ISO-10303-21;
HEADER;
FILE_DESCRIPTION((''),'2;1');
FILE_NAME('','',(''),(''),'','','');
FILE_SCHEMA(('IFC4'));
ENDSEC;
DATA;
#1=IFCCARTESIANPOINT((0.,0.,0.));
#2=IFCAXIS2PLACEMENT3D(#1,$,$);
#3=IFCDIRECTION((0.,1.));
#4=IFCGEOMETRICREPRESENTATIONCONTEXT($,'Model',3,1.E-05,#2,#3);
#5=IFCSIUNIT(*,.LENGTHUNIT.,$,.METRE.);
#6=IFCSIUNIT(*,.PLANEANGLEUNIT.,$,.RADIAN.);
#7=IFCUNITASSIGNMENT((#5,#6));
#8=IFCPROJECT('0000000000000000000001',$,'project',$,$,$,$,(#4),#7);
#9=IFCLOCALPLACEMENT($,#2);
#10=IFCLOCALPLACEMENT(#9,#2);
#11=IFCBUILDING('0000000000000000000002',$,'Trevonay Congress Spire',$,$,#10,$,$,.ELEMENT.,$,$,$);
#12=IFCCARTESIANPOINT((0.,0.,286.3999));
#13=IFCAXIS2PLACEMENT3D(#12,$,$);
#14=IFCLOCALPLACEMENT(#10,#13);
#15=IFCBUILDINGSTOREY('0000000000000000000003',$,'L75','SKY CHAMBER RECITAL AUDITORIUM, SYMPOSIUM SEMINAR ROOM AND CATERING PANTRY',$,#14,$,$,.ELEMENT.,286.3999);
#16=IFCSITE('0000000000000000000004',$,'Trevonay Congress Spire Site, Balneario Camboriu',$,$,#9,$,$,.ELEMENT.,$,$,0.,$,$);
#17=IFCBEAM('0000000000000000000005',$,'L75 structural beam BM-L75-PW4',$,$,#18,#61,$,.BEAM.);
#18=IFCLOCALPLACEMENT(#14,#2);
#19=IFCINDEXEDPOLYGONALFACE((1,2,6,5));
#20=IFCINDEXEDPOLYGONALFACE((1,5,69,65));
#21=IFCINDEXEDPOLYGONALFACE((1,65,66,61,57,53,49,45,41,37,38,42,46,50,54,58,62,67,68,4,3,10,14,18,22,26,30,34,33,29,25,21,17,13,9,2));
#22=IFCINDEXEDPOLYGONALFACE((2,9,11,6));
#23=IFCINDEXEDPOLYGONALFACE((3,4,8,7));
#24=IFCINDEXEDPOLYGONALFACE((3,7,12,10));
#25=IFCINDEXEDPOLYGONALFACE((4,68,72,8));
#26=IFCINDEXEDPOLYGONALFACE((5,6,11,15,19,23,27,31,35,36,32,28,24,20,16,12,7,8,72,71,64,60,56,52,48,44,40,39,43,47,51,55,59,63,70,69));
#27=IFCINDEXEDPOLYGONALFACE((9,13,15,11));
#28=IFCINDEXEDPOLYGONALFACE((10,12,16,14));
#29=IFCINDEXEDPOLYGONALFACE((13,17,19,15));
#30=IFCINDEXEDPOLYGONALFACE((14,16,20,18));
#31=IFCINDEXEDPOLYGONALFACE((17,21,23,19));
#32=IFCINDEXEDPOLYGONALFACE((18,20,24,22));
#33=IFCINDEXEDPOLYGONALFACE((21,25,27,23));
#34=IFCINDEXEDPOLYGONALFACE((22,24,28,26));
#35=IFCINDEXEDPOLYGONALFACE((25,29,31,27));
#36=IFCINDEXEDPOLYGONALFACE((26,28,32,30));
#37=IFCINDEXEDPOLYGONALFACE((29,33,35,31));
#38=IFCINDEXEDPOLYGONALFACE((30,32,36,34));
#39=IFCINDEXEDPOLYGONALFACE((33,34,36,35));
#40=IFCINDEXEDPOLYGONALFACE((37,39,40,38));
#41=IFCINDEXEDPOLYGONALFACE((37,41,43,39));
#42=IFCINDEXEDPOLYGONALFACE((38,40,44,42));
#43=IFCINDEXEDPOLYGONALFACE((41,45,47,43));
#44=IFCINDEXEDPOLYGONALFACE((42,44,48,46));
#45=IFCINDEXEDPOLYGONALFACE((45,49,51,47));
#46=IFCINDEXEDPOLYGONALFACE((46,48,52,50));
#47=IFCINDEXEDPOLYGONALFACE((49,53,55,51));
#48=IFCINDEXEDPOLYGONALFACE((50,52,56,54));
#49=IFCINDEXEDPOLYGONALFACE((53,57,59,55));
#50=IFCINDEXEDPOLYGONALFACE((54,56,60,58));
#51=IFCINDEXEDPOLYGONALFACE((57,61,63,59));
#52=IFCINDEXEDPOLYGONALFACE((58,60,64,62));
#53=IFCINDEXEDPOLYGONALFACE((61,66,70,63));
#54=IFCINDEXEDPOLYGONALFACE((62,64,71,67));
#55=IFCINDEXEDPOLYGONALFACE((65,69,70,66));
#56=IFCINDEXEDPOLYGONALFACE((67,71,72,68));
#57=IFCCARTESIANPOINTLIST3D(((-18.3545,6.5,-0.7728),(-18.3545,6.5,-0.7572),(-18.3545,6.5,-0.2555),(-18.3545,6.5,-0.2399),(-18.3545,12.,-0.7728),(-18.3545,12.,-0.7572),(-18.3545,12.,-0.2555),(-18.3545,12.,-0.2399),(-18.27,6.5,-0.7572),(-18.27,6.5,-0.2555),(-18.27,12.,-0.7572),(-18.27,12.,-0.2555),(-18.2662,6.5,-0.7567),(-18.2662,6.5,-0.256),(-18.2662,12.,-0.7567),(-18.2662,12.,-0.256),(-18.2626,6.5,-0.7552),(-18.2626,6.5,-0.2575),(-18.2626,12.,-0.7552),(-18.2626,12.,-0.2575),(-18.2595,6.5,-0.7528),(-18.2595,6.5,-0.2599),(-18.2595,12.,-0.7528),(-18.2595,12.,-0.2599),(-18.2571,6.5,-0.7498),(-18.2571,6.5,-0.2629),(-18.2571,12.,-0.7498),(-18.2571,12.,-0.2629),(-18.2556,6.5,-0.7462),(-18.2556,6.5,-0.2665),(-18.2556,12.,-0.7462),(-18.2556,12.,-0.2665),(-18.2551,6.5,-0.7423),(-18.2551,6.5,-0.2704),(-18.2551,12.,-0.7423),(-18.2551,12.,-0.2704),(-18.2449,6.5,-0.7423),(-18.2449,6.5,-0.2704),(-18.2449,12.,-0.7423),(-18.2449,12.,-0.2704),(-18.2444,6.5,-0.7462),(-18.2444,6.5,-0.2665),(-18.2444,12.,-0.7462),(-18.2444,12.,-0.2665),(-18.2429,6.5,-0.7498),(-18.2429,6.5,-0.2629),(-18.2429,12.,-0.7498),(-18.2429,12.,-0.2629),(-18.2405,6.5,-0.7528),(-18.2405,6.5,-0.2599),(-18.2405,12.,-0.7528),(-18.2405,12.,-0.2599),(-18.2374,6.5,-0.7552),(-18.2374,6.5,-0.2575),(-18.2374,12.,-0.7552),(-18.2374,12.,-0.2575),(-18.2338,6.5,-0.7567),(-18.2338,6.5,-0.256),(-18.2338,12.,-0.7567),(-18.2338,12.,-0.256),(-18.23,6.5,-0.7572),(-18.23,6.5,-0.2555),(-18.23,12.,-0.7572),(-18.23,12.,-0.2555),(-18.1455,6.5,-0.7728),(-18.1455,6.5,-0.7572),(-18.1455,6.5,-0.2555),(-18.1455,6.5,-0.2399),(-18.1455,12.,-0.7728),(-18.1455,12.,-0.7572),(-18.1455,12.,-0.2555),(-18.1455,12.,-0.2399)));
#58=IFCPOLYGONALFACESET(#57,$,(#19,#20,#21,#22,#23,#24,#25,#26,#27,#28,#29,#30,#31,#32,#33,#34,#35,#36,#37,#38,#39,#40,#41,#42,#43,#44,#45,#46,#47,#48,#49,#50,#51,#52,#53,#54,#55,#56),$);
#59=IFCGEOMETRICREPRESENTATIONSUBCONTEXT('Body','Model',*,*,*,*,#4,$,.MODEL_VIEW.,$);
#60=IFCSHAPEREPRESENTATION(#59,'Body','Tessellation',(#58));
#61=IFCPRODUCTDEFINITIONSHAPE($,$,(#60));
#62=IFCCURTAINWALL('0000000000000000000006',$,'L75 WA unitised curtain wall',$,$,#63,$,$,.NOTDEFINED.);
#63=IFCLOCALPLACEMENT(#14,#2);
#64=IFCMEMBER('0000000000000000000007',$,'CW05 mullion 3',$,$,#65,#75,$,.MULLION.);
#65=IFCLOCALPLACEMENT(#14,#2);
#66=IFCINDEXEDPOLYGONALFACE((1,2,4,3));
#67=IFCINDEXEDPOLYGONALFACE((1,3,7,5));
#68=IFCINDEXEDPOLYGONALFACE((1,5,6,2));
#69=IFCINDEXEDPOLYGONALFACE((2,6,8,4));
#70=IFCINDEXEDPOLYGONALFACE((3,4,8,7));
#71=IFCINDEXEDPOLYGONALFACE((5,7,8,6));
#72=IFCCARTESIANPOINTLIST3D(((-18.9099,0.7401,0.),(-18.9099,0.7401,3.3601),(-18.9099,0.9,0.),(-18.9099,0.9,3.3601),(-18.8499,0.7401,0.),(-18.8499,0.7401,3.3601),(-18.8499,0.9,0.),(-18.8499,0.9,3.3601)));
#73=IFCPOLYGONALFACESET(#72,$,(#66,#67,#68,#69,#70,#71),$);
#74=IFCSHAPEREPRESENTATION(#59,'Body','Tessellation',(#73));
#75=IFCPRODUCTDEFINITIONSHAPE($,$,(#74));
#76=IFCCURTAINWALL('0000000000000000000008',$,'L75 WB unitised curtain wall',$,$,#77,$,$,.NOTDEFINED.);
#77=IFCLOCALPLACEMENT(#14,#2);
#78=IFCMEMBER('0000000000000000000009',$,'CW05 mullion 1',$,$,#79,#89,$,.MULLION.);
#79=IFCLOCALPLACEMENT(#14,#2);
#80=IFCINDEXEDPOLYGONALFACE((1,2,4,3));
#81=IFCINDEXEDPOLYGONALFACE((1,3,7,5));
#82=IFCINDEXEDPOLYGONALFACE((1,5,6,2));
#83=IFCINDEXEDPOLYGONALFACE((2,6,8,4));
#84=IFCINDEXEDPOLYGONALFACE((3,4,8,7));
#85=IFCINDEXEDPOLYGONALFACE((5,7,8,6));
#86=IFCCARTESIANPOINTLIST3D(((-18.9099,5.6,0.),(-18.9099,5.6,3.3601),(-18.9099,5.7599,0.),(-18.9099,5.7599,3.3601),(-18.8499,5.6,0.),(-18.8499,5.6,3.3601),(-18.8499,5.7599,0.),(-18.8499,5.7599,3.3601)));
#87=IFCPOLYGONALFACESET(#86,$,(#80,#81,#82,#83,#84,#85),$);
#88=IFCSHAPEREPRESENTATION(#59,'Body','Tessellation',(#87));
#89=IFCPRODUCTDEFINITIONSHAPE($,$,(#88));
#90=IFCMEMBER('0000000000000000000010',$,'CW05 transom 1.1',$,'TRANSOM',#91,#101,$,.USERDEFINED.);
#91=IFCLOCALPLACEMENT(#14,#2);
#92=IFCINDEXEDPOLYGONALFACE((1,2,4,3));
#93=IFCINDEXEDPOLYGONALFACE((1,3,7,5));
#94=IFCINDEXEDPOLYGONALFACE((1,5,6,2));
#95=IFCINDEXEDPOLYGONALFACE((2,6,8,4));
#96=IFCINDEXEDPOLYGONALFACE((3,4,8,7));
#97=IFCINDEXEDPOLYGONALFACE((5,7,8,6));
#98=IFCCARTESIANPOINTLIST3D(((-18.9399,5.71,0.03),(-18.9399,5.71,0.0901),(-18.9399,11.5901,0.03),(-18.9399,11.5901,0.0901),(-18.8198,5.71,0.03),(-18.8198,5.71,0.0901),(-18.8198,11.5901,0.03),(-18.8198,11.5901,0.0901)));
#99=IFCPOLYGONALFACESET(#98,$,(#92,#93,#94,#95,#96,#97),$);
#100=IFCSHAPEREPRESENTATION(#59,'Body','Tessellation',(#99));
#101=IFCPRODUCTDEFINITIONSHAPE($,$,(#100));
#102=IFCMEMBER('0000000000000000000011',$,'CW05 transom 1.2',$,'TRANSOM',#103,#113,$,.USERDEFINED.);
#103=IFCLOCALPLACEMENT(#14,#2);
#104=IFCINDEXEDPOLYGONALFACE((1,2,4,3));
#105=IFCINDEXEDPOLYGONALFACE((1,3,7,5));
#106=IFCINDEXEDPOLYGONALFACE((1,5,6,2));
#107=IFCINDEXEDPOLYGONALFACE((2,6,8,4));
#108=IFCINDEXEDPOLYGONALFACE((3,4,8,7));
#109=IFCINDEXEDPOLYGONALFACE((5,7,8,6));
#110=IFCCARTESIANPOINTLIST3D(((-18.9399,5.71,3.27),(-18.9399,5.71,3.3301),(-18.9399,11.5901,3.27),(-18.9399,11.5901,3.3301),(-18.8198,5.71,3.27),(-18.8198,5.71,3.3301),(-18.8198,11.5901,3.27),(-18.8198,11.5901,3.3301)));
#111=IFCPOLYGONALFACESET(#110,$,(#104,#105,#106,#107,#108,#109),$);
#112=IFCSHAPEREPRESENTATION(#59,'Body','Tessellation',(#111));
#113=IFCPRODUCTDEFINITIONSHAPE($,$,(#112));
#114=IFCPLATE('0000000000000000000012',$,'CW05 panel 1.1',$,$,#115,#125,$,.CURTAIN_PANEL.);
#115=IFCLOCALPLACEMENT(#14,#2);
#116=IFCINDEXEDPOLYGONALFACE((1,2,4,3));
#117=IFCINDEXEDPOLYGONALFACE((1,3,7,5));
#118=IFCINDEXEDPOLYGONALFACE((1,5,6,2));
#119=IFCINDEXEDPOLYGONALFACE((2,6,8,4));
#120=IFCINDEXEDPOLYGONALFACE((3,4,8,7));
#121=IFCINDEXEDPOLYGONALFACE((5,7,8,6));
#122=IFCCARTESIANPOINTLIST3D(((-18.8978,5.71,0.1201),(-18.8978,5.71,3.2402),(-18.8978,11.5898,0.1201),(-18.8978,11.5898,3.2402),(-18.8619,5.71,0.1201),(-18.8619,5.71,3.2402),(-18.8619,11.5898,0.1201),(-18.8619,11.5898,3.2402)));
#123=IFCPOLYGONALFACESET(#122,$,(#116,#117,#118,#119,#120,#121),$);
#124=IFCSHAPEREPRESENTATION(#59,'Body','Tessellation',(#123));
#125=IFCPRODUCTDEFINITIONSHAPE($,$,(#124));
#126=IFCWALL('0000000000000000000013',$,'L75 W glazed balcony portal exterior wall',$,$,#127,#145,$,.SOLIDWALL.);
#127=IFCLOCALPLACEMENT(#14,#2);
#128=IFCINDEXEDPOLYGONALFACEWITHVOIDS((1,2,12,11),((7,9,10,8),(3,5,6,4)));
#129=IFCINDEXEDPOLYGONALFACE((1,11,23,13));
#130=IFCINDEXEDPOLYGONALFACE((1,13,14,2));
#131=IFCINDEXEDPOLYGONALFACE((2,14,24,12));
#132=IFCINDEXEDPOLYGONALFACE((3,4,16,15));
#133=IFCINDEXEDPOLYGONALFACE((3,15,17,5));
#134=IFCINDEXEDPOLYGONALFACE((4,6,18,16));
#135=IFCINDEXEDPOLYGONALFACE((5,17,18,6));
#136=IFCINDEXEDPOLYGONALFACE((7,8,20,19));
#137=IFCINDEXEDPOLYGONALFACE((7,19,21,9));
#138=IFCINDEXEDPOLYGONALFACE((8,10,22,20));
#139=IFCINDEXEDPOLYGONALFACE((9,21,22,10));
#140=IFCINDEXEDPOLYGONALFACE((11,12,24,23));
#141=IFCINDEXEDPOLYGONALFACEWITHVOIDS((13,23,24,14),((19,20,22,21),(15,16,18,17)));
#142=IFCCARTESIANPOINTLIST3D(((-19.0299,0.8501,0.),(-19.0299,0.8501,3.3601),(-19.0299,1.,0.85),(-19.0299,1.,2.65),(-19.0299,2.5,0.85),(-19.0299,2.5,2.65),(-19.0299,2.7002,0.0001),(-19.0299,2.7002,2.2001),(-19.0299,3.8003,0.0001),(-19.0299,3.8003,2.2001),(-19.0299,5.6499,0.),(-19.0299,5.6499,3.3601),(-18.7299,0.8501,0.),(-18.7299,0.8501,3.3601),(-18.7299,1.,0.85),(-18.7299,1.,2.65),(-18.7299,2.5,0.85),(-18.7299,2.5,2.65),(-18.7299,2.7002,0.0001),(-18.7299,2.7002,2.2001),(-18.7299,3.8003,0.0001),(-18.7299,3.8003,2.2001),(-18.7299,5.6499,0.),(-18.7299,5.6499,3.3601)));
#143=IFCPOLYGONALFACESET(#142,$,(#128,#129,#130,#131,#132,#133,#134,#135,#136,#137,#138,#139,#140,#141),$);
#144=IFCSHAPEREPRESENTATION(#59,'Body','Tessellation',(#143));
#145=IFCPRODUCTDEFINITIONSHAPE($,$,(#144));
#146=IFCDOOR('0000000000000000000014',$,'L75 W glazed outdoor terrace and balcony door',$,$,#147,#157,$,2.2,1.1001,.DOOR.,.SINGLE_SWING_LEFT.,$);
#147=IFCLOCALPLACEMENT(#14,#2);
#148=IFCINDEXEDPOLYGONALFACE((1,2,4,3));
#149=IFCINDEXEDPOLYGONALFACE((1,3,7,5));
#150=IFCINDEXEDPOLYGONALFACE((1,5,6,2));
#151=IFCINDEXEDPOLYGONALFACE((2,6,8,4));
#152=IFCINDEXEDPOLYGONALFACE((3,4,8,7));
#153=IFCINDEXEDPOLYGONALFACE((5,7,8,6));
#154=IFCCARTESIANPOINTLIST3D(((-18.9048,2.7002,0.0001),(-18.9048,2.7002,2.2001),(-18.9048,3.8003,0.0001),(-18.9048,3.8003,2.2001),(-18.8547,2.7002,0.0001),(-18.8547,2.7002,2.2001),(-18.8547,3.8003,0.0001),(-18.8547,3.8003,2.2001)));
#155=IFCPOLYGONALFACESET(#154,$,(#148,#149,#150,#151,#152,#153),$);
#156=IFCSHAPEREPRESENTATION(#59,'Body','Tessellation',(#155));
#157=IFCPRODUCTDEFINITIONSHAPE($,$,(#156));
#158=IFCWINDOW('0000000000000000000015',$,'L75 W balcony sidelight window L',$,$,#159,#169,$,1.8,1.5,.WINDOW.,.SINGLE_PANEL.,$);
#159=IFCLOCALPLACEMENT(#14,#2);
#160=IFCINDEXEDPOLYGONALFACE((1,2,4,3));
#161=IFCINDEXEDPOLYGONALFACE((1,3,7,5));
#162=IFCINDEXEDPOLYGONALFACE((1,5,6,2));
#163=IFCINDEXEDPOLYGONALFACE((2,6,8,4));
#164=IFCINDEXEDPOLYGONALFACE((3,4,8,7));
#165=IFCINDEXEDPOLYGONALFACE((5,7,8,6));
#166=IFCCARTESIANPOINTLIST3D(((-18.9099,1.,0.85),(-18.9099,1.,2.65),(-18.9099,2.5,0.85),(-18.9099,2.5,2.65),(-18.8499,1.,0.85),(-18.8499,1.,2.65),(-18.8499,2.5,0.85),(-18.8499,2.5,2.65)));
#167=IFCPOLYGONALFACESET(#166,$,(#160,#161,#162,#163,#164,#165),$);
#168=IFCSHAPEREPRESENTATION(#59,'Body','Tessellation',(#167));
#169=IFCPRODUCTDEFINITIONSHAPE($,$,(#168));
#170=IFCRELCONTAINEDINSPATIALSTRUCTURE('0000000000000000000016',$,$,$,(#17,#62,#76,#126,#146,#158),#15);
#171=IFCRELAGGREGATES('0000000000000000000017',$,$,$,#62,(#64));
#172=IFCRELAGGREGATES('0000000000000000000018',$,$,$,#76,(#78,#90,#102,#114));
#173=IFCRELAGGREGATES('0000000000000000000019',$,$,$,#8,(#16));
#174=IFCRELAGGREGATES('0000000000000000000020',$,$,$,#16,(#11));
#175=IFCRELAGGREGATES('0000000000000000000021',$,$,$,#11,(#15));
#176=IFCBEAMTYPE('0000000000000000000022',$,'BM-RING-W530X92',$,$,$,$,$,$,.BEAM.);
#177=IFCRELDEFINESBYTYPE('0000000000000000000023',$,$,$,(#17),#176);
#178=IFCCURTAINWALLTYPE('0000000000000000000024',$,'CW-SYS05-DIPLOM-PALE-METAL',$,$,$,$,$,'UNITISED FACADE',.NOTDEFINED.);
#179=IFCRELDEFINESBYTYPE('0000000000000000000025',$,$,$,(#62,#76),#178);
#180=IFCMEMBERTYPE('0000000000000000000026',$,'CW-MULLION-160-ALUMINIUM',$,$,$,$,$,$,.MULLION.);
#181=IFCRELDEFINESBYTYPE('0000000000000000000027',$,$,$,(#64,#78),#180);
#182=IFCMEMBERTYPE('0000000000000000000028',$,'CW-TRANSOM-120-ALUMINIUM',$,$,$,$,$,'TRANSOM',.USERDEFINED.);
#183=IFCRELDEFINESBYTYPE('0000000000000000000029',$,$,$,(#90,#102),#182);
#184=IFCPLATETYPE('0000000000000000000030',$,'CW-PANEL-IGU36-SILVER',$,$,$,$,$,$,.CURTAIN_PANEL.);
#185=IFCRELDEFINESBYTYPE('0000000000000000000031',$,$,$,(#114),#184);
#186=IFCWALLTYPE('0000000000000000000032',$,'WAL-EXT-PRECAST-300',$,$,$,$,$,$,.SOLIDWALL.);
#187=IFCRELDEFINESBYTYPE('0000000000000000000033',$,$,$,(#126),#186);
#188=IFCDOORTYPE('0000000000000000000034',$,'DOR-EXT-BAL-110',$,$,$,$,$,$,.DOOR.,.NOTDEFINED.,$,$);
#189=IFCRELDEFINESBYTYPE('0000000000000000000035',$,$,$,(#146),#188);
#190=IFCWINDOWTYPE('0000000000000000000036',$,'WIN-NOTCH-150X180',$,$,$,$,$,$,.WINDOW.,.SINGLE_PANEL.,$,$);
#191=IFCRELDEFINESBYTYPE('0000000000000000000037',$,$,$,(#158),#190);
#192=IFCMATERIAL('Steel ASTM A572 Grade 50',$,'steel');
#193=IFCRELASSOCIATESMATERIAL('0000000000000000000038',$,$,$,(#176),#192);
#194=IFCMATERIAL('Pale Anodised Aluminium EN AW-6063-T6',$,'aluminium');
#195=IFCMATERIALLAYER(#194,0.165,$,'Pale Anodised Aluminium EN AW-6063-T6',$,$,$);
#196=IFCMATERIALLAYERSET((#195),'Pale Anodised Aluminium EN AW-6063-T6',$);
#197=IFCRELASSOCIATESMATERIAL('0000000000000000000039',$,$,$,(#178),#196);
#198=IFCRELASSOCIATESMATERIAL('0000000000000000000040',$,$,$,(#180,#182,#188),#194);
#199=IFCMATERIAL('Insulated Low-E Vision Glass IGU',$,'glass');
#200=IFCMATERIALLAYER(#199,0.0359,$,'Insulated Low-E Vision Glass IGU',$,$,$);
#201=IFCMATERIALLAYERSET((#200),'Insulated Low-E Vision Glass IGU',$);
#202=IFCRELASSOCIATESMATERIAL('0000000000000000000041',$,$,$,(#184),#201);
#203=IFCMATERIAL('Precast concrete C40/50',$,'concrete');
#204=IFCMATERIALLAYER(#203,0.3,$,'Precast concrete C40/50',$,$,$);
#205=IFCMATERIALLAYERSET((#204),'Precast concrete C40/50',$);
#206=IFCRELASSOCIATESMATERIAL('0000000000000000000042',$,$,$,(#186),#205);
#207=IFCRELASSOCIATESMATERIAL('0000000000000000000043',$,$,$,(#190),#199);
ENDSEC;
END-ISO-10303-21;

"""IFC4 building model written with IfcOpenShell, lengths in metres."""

from ifc_helpers import new_model, si_unit, direction, frame, frame_2d, origin, origin_2d, place, context, subcontext, project, spatial, rectangle, i_section, extrude, material, layer, layer_set, material_profile, profile_set, type_object, element, fill, aggregate, save


model = new_model("IFC4")

# Units and contexts
model_context = context("Model", 3, precision=1e-05, world=origin(), true_north=direction((0.0, 1.0)))
body_context = subcontext(model_context, "Body", "Model", "MODEL_VIEW")
ifc_project = project(units=[si_unit("LENGTHUNIT", "METRE"), si_unit("PLANEANGLEUNIT", "RADIAN")], contexts=[model_context])

# Site, building, storey
site_placement = place(None, origin())
site = spatial("IfcSite", under=ifc_project, at=site_placement, Name="Trevonay Congress Spire Site, Balneario Camboriu", CompositionType="ELEMENT", RefElevation=0.0)
building_placement = place(site_placement, origin())
building = spatial("IfcBuilding", under=site, at=building_placement, Name="Trevonay Congress Spire", CompositionType="ELEMENT")
storey_placement = place(building_placement, frame((0.0, 0.0, 286.3999)))
storey = spatial("IfcBuildingStorey", under=building, at=storey_placement, Name="L75", Description="SKY CHAMBER RECITAL AUDITORIUM, SYMPOSIUM SEMINAR ROOM AND CATERING PANTRY", CompositionType="ELEMENT", Elevation=286.3999)

# Shared definitions
ifc_material_1 = material(Name="Steel ASTM A572 Grade 50", Category="steel")

# Beam
ifc_material_profile_1 = material_profile(ifc_material_1, i_section(OverallWidth=0.209, OverallDepth=0.533, WebThickness=0.0103, FlangeThickness=0.0156, FilletRadius=0.0149, at=origin_2d()), Name="W530x92")
ifc_profile_set_1 = profile_set([ifc_material_profile_1], Name="Steel ASTM A572 Grade 50")
beam_type_1 = type_object("IfcBeamType", Name="BM-RING-W530X92", PredefinedType="BEAM", material=ifc_profile_set_1)
beam_1_placement = place(storey_placement, frame((-18.25, 6.5, -0.5063), z_axis=(0.0, 1.0, 0.0), x_axis=(-1.0, 0.0, 0.0)))
element("IfcBeam", 1, at=beam_1_placement, inside=storey, type_object=beam_type_1, Name="L75 structural beam BM-L75-PW4", PredefinedType="BEAM", context=body_context, shape_type="SweptSolid", body=[
    extrude(i_section(OverallWidth=0.209, OverallDepth=0.533, WebThickness=0.0103, FlangeThickness=0.0156, FilletRadius=0.0149, at=origin_2d()), origin(), (0.0, 0.0, 1.0), 5.5),
])

# Curtain wall, member
ifc_material_2 = material(Name="Pale Anodised Aluminium EN AW-6063-T6", Category="aluminium")
ifc_layer_1 = layer(ifc_material_2, 0.165, Name="Pale Anodised Aluminium EN AW-6063-T6")
ifc_layer_set_1 = layer_set([ifc_layer_1], Name="Pale Anodised Aluminium EN AW-6063-T6")
curtain_wall_type = type_object("IfcCurtainWallType", Name="CW-SYS05-DIPLOM-PALE-METAL", ElementType="UNITISED FACADE", PredefinedType="NOTDEFINED", material=ifc_layer_set_1)
curtain_wall_1_placement = place(storey_placement, origin())
curtain_wall_1 = element("IfcCurtainWall", 2, at=curtain_wall_1_placement, inside=storey, type_object=curtain_wall_type, Name="L75 WA unitised curtain wall", PredefinedType="NOTDEFINED")
ifc_material_profile_2 = material_profile(ifc_material_2, rectangle(XDim=0.0601, YDim=0.1599, at=origin_2d()), Name="CW-MULLION-160-ALUMINIUM")
ifc_profile_set_2 = profile_set([ifc_material_profile_2], Name="Pale Anodised Aluminium EN AW-6063-T6")
member_type_1 = type_object("IfcMemberType", Name="CW-MULLION-160-ALUMINIUM", PredefinedType="MULLION", material=ifc_profile_set_2)
member_1_placement = place(storey_placement, frame((-18.8799, 0.8201, 0.0), z_axis=(0.0, 0.0, 1.0), x_axis=(-1.0, 0.0, 0.0)))
member_1 = element("IfcMember", 3, at=member_1_placement, type_object=member_type_1, Name="CW05 mullion 3", PredefinedType="MULLION", context=body_context, shape_type="SweptSolid", body=[
    extrude(rectangle(XDim=0.0601, YDim=0.1599, at=origin_2d()), origin(), (0.0, 0.0, 1.0), 3.3601),
])
aggregate(curtain_wall_1, [member_1])

# Curtain wall, members, plate
curtain_wall_2_placement = place(storey_placement, origin())
curtain_wall_2 = element("IfcCurtainWall", 4, at=curtain_wall_2_placement, inside=storey, type_object=curtain_wall_type, Name="L75 WB unitised curtain wall", PredefinedType="NOTDEFINED")
member_2_placement = place(storey_placement, frame((-18.8799, 5.6799, 0.0), z_axis=(0.0, 0.0, 1.0), x_axis=(-1.0, 0.0, 0.0)))
member_2 = element("IfcMember", 5, at=member_2_placement, type_object=member_type_1, Name="CW05 mullion 1", PredefinedType="MULLION", context=body_context, shape_type="SweptSolid", body=[
    extrude(rectangle(XDim=0.0601, YDim=0.1599, at=origin_2d()), origin(), (0.0, 0.0, 1.0), 3.3601),
])
ifc_material_profile_3 = material_profile(ifc_material_2, rectangle(XDim=0.1201, YDim=0.0601, at=origin_2d()), Name="CW-TRANSOM-120-ALUMINIUM")
ifc_profile_set_3 = profile_set([ifc_material_profile_3], Name="Pale Anodised Aluminium EN AW-6063-T6")
member_type_2 = type_object("IfcMemberType", Name="CW-TRANSOM-120-ALUMINIUM", ElementType="TRANSOM", PredefinedType="USERDEFINED", material=ifc_profile_set_3)
member_3_placement = place(storey_placement, frame((-18.8799, 5.71, 0.0601), z_axis=(0.0, 1.0, 0.0), x_axis=(-1.0, 0.0, 0.0)))
member_3 = element("IfcMember", 6, at=member_3_placement, type_object=member_type_2, Name="CW05 transom 1.1", ObjectType="TRANSOM", PredefinedType="USERDEFINED", context=body_context, shape_type="SweptSolid", body=[
    extrude(rectangle(XDim=0.1201, YDim=0.0601, at=origin_2d()), origin(), (0.0, 0.0, 1.0), 5.8801),
])
member_4_placement = place(storey_placement, frame((-18.8799, 5.71, 3.3), z_axis=(0.0, 1.0, 0.0), x_axis=(-1.0, 0.0, 0.0)))
member_4 = element("IfcMember", 7, at=member_4_placement, type_object=member_type_2, Name="CW05 transom 1.2", ObjectType="TRANSOM", PredefinedType="USERDEFINED", context=body_context, shape_type="SweptSolid", body=[
    extrude(rectangle(XDim=0.1201, YDim=0.0601, at=origin_2d()), origin(), (0.0, 0.0, 1.0), 5.8801),
])
ifc_material_3 = material(Name="Insulated Low-E Vision Glass IGU", Category="glass")
ifc_layer_2 = layer(ifc_material_3, 0.0359, Name="Insulated Low-E Vision Glass IGU")
ifc_layer_set_2 = layer_set([ifc_layer_2], Name="Insulated Low-E Vision Glass IGU")
plate_type = type_object("IfcPlateType", Name="CW-PANEL-IGU36-SILVER", PredefinedType="CURTAIN_PANEL", material=ifc_layer_set_2)
plate_placement = place(storey_placement, frame((-18.8799, 8.6499, 0.1201), z_axis=(0.0, 0.0, 1.0), x_axis=(0.0, 1.0, 0.0)))
plate = element("IfcPlate", 8, at=plate_placement, type_object=plate_type, Name="CW05 panel 1.1", PredefinedType="CURTAIN_PANEL", context=body_context, shape_type="SweptSolid", body=[
    extrude(rectangle(XDim=5.8799, YDim=0.0359, at=origin_2d()), origin(), (0.0, 0.0, 1.0), 3.1201),
])
aggregate(curtain_wall_2, [member_2, member_3, member_4, plate])

# Wall, openings, door, window
ifc_material_4 = material(Name="Precast concrete C40/50", Category="concrete")
ifc_layer_3 = layer(ifc_material_4, 0.3, Name="Precast concrete C40/50")
ifc_layer_set_3 = layer_set([ifc_layer_3], Name="Precast concrete C40/50")
wall_type_1 = type_object("IfcWallType", Name="WAL-EXT-PRECAST-300", PredefinedType="SOLIDWALL", material=ifc_layer_set_3)
wall_1_placement = place(storey_placement, frame((-18.8799, 0.8501, 0.0), z_axis=(0.0, 0.0, 1.0), x_axis=(0.0, 1.0, 0.0)))
wall_1 = element("IfcWall", 9, at=wall_1_placement, inside=storey, type_object=wall_type_1, Name="L75 W glazed balcony portal exterior wall", PredefinedType="SOLIDWALL", context=body_context, shape_type="SweptSolid", body=[
    extrude(rectangle(XDim=4.7998, YDim=0.3, at=frame_2d((2.3999, 0.0))), origin(), (0.0, 0.0, 1.0), 3.3601),
])
opening_1_placement = place(wall_1_placement, frame((1.8501, 0.0, 0.0)))
opening_1 = element("IfcOpeningElement", 10, at=opening_1_placement, cuts=wall_1, PredefinedType="OPENING", context=body_context, shape_type="SweptSolid", body=[
    extrude(rectangle(XDim=1.1001, YDim=2.2, at=frame_2d((0.55, 1.1001))), frame((0.0, 0.1602, 0.0), z_axis=(0.0, -1.0, 0.0), x_axis=(1.0, 0.0, 0.0)), (0.0, 0.0, 1.0), 0.3201),
])
opening_2_placement = place(wall_1_placement, frame((0.1499, 0.0, 0.8501)))
opening_2 = element("IfcOpeningElement", 11, at=opening_2_placement, cuts=wall_1, PredefinedType="OPENING", context=body_context, shape_type="SweptSolid", body=[
    extrude(rectangle(XDim=1.5, YDim=1.8, at=frame_2d((0.75, 0.8999))), frame((0.0, 0.1602, 0.0), z_axis=(0.0, -1.0, 0.0), x_axis=(1.0, 0.0, 0.0)), (0.0, 0.0, 1.0), 0.3201),
])
door_type = type_object("IfcDoorType", Name="DOR-EXT-BAL-110", OperationType="NOTDEFINED", PredefinedType="DOOR", material=ifc_material_2)
door_placement = place(opening_1_placement, origin())
door = element("IfcDoor", 12, at=door_placement, inside=storey, type_object=door_type, Name="L75 W glazed outdoor terrace and balcony door", OperationType="SINGLE_SWING_LEFT", OverallHeight=2.2, OverallWidth=1.1001, PredefinedType="DOOR", context=body_context, shape_type="SweptSolid", body=[
    extrude(rectangle(XDim=1.1001, YDim=2.2, at=frame_2d((0.55, 1.1001))), frame((0.0, 0.0249, 0.0), z_axis=(0.0, -1.0, 0.0), x_axis=(1.0, 0.0, 0.0)), (0.0, 0.0, 1.0), 0.05),
])
fill(opening_1, door)
window_type = type_object("IfcWindowType", Name="WIN-NOTCH-150X180", PartitioningType="SINGLE_PANEL", PredefinedType="WINDOW", material=ifc_material_3)
window_placement = place(opening_2_placement, origin())
window = element("IfcWindow", 13, at=window_placement, inside=storey, type_object=window_type, Name="L75 W balcony sidelight window L", OverallHeight=1.8, OverallWidth=1.5, PartitioningType="SINGLE_PANEL", PredefinedType="WINDOW", context=body_context, shape_type="SweptSolid", body=[
    extrude(rectangle(XDim=1.5, YDim=1.8, at=frame_2d((0.75, 0.8999))), frame((0.0, 0.03, 0.0), z_axis=(0.0, -1.0, 0.0), x_axis=(1.0, 0.0, 0.0)), (0.0, 0.0, 1.0), 0.0601),
])
fill(opening_2, window)

save(model, "model.ifc")
